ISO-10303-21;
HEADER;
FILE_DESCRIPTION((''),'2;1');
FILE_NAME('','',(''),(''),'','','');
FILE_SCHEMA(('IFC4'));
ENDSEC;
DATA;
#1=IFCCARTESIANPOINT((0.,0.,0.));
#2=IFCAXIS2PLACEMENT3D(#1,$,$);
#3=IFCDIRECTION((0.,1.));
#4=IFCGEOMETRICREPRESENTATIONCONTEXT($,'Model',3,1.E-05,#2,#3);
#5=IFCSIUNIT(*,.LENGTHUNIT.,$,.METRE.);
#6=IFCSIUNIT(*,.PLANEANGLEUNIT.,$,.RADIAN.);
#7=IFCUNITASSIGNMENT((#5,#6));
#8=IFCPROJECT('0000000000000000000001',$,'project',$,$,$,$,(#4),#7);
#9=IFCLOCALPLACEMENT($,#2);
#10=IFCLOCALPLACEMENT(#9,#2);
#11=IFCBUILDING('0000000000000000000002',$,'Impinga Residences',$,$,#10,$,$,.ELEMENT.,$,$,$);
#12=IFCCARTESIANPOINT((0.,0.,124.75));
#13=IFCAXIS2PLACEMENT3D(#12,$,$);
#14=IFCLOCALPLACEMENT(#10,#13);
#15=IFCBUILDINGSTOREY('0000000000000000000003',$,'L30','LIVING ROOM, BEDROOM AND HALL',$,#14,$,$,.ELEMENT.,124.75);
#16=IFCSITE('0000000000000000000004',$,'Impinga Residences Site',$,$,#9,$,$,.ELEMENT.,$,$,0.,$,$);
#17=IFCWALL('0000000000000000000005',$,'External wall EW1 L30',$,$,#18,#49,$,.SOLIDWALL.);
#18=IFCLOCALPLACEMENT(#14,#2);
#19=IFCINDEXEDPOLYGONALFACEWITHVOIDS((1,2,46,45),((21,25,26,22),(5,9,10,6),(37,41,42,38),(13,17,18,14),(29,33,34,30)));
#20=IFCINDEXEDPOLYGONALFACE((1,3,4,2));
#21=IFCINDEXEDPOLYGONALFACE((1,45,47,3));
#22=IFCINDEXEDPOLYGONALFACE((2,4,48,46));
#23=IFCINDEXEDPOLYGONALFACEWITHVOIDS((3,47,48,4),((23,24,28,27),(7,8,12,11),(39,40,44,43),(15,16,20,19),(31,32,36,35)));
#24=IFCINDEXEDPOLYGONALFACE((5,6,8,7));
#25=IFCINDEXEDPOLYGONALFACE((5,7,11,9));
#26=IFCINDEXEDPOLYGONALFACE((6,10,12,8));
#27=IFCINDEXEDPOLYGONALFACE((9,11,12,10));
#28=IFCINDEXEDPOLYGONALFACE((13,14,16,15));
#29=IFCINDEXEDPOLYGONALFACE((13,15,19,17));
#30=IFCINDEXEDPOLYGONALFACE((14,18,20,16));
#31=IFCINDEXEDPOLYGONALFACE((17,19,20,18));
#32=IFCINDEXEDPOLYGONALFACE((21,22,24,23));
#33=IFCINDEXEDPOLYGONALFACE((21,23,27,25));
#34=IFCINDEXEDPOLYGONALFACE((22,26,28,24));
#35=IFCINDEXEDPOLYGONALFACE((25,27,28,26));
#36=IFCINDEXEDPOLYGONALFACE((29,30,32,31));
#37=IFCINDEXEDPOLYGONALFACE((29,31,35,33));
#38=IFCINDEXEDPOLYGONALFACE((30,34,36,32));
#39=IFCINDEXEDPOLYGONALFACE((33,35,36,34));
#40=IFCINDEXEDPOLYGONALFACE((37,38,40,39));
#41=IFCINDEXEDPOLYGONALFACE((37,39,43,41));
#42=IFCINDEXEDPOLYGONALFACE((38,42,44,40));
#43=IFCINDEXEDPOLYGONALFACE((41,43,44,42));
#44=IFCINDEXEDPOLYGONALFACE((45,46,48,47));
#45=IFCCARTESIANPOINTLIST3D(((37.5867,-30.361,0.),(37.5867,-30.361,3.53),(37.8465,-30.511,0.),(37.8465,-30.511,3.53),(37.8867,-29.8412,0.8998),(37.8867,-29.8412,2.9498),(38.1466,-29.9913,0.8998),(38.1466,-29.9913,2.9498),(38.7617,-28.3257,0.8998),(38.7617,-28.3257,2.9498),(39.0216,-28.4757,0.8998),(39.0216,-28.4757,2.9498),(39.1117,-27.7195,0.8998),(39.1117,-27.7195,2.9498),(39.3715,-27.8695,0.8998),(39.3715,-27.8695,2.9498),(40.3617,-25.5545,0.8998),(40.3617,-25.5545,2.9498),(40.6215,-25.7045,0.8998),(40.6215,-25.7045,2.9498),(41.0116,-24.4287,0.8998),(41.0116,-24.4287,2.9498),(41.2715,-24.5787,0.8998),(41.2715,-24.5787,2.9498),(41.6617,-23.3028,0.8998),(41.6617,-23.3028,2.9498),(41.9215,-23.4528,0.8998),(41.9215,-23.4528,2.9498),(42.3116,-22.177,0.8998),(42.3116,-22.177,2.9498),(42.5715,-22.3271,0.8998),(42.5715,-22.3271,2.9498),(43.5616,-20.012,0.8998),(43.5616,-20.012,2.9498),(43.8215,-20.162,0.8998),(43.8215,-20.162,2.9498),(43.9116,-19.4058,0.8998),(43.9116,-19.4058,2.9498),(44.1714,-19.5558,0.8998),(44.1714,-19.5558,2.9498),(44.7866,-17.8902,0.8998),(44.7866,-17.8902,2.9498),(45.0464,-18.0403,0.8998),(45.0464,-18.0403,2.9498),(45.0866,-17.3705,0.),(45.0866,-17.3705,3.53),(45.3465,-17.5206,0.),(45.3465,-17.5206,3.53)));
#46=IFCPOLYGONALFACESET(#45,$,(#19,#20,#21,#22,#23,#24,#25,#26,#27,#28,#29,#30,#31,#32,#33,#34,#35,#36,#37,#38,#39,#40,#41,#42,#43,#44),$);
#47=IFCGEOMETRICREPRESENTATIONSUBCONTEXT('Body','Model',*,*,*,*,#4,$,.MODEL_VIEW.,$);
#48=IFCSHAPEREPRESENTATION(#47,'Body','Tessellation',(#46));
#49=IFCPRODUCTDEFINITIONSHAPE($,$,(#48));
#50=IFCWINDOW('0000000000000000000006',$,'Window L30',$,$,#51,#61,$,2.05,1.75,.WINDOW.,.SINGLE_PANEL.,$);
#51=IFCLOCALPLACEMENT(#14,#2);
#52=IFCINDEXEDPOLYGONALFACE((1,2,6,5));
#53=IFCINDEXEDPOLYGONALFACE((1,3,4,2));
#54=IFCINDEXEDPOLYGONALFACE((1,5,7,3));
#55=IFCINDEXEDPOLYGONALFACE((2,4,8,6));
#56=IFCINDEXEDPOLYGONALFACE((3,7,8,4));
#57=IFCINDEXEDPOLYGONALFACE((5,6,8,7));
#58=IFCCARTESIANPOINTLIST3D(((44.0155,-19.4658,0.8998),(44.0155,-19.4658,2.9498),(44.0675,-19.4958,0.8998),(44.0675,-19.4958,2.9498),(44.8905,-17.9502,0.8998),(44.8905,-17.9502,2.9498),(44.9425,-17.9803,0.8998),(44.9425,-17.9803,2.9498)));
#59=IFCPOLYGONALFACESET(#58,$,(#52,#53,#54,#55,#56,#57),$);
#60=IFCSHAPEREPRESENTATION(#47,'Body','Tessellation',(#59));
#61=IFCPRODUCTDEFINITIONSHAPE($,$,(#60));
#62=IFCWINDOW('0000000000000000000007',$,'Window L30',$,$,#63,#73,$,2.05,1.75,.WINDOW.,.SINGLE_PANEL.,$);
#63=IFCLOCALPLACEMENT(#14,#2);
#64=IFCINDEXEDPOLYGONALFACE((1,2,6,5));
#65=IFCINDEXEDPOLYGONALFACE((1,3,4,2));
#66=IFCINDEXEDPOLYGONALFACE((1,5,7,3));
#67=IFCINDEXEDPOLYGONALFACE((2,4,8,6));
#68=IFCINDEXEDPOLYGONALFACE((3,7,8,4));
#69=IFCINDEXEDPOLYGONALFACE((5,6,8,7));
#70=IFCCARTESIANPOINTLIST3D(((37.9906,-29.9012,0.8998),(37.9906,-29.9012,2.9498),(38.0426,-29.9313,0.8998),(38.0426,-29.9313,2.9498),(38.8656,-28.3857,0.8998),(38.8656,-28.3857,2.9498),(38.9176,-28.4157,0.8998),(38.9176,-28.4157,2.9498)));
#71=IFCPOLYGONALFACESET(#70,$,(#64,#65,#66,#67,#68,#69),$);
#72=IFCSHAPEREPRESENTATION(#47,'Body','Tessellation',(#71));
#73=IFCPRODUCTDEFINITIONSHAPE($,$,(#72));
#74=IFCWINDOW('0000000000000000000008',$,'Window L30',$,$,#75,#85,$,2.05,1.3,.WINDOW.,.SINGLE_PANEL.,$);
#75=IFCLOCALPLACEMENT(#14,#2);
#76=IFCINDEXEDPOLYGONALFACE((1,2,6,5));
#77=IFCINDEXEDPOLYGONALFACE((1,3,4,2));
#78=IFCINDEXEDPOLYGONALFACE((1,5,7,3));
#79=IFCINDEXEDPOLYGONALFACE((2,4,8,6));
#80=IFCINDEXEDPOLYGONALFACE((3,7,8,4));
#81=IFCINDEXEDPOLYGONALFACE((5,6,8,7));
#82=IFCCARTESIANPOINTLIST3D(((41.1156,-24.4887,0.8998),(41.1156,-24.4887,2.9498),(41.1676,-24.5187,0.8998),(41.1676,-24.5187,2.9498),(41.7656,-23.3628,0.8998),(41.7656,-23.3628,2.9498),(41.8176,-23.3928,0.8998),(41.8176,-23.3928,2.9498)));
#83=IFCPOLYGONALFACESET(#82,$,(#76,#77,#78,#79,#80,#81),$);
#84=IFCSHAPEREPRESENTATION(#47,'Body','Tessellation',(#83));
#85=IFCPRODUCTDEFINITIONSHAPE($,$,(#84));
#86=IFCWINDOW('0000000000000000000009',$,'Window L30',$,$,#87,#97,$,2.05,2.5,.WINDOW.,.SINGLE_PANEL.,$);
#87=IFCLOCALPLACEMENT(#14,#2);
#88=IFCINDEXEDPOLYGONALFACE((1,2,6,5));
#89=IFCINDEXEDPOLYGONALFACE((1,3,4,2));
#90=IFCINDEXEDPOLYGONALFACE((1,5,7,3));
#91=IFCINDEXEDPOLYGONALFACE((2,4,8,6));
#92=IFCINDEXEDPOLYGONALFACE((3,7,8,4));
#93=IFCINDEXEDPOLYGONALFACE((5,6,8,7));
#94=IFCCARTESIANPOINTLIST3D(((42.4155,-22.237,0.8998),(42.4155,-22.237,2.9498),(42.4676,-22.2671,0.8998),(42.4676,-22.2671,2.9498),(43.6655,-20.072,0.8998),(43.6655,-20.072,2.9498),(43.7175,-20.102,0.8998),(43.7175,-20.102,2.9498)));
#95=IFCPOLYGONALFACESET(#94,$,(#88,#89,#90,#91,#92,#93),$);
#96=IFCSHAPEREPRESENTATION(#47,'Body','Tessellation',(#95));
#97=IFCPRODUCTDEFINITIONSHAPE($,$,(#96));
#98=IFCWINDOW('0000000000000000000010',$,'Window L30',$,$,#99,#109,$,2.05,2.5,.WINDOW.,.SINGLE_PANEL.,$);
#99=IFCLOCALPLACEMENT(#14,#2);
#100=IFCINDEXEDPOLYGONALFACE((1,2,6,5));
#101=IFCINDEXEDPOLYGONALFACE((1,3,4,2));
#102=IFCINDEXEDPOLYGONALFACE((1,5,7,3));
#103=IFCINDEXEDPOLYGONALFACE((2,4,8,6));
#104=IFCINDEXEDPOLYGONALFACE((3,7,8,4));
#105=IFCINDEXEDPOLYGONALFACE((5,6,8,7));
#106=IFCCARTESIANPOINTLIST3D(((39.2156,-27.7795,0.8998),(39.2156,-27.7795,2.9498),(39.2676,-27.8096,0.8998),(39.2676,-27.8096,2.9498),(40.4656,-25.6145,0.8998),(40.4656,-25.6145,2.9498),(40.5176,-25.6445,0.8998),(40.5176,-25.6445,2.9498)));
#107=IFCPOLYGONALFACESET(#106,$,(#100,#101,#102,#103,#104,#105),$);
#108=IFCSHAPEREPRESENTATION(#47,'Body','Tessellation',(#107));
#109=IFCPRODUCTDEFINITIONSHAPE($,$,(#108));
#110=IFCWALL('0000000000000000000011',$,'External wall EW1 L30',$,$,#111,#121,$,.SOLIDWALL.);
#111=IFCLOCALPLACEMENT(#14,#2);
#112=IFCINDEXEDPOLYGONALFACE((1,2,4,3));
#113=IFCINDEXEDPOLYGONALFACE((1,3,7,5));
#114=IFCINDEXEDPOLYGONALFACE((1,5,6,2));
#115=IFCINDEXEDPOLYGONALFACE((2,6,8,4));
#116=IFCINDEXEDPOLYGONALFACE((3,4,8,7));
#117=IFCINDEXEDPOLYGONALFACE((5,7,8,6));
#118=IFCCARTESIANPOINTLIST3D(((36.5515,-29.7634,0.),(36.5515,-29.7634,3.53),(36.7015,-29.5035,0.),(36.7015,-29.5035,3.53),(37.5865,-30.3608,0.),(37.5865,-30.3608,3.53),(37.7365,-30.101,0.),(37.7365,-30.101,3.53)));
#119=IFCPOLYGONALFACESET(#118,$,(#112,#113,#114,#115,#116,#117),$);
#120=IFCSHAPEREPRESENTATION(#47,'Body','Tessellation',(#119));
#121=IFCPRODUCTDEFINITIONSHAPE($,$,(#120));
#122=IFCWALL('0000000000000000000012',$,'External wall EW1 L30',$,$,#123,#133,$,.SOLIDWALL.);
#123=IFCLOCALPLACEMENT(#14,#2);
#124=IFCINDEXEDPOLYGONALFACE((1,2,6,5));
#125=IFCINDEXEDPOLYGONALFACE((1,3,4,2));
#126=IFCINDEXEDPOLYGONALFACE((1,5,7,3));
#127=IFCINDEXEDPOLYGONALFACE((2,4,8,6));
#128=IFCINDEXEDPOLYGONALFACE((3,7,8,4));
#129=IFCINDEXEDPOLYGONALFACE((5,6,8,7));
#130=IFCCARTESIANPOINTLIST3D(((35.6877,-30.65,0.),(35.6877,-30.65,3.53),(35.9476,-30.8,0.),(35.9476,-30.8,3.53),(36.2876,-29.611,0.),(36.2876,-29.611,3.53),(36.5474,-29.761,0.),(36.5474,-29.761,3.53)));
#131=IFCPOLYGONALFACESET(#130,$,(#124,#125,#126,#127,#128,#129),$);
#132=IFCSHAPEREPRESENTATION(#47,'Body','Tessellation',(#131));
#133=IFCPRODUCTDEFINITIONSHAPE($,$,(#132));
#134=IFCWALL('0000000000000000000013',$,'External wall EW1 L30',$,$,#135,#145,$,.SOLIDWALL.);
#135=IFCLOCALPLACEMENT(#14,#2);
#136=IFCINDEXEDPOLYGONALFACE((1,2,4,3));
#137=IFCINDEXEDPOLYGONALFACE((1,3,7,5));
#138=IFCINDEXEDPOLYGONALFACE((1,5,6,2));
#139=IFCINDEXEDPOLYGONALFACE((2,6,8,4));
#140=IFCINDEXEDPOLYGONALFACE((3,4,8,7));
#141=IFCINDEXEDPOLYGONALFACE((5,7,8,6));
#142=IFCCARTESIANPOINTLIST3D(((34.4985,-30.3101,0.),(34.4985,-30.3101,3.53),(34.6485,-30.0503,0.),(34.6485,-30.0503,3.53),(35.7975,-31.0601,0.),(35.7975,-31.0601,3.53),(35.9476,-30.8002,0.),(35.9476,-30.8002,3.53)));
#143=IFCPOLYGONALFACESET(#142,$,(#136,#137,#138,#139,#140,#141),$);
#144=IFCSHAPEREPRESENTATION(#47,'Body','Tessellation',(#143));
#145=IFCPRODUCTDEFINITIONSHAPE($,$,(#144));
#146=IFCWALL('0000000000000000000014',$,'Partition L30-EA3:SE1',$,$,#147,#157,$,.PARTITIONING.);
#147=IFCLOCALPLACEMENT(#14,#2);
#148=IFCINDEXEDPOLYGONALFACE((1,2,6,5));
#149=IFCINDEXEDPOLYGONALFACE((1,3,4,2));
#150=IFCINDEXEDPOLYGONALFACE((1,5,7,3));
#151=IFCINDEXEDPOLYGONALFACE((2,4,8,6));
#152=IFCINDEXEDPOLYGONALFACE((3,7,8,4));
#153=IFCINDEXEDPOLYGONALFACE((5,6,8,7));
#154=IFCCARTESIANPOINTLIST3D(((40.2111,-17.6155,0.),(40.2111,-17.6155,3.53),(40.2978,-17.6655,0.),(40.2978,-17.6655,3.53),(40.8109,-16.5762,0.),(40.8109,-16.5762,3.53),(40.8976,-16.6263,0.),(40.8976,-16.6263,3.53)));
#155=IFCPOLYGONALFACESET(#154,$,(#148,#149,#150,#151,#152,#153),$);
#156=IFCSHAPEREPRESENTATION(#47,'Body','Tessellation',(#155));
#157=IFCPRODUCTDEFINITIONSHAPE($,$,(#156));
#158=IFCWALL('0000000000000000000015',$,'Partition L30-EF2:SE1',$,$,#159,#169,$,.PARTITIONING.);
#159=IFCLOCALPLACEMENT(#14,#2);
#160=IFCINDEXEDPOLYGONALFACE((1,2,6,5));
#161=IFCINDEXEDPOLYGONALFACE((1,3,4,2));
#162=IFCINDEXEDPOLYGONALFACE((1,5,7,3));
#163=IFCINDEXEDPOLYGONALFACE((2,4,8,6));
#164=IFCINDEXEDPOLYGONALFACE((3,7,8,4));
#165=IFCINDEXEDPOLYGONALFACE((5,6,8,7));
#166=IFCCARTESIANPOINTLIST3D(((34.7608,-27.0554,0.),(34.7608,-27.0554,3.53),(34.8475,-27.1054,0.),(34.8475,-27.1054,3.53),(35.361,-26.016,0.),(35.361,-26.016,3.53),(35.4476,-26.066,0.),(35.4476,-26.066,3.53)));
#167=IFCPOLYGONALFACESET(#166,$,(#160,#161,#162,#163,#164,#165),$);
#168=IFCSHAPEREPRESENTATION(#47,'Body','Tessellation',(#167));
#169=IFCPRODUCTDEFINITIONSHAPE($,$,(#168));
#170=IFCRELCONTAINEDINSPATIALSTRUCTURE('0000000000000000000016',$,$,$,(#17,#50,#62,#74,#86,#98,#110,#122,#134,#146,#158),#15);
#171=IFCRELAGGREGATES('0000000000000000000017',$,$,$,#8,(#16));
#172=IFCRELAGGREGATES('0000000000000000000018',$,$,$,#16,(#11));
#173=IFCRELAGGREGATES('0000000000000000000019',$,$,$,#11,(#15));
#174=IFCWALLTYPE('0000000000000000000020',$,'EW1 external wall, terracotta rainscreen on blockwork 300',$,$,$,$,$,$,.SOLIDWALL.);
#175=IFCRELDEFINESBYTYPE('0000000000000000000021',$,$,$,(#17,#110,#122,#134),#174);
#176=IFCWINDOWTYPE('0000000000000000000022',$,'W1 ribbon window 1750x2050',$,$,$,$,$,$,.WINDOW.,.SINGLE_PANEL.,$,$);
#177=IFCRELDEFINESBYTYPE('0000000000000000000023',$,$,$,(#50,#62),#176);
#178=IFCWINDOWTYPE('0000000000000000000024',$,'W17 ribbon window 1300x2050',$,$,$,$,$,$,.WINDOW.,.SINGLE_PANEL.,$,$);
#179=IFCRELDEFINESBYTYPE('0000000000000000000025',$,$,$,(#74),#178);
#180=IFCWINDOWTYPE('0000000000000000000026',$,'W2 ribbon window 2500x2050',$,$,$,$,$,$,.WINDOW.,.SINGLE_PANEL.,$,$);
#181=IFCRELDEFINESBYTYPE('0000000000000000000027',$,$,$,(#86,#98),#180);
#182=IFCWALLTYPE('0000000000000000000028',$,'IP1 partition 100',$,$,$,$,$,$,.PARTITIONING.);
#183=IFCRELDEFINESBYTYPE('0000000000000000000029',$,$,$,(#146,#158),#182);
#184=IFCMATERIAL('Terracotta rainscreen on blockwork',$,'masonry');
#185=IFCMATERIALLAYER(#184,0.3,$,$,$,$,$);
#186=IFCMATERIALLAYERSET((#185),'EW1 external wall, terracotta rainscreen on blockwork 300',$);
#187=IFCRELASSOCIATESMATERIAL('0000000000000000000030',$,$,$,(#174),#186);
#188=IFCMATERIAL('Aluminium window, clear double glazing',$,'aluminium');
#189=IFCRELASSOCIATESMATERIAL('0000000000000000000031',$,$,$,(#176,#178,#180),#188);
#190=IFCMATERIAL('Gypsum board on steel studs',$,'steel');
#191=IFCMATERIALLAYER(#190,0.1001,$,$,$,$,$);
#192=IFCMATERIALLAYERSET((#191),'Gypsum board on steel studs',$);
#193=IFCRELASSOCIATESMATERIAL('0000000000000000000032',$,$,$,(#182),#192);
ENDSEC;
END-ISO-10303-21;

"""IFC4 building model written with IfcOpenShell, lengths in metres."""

from ifc_helpers import new_model, si_unit, direction, frame, frame_2d, origin, place, context, subcontext, project, spatial, rectangle, extrude, material, layer, layer_set, type_object, element, fill, save


model = new_model("IFC4")

# Units and contexts
model_context = context("Model", 3, precision=1e-05, world=origin(), true_north=direction((0.0, 1.0)))
body_context = subcontext(model_context, "Body", "Model", "MODEL_VIEW")
ifc_project = project(units=[si_unit("LENGTHUNIT", "METRE"), si_unit("PLANEANGLEUNIT", "RADIAN")], contexts=[model_context])

# Site, building, storey
site_placement = place(None, origin())
site = spatial("IfcSite", under=ifc_project, at=site_placement, Name="Impinga Residences Site", CompositionType="ELEMENT", RefElevation=0.0)
building_placement = place(site_placement, origin())
building = spatial("IfcBuilding", under=site, at=building_placement, Name="Impinga Residences", CompositionType="ELEMENT")
storey_placement = place(building_placement, frame((0.0, 0.0, 124.75)))
storey = spatial("IfcBuildingStorey", under=building, at=storey_placement, Name="L30", Description="LIVING ROOM, BEDROOM AND HALL", CompositionType="ELEMENT", Elevation=124.75)

# Wall, openings, windows
ifc_material_1 = material(Name="Terracotta rainscreen on blockwork", Category="masonry")
ifc_layer_1 = layer(ifc_material_1, 0.3)
ifc_layer_set_1 = layer_set([ifc_layer_1], Name="EW1 external wall, terracotta rainscreen on blockwork 300")
wall_type_1 = type_object("IfcWallType", Name="EW1 external wall, terracotta rainscreen on blockwork 300", PredefinedType="SOLIDWALL", material=ifc_layer_set_1)
wall_1_placement = place(storey_placement, frame((45.2166, -17.4456, 0.0), z_axis=(0.0, 0.0, 1.0), x_axis=(-0.499997, -0.866027, 0.0)))
wall_1 = element("IfcWall", 1, at=wall_1_placement, inside=storey, type_object=wall_type_1, Name="External wall EW1 L30", PredefinedType="SOLIDWALL", context=body_context, shape_type="SweptSolid", body=[
    extrude(rectangle(XDim=15.0, YDim=0.3, at=frame_2d((7.5, 0.0))), origin(), (0.0, 0.0, 1.0), 3.53),
])
opening_1_placement = place(wall_1_placement, frame((0.6001, 0.0, 0.8999)))
opening_1 = element("IfcOpeningElement", 2, at=opening_1_placement, cuts=wall_1, PredefinedType="OPENING", context=body_context, shape_type="SweptSolid", body=[
    extrude(rectangle(XDim=1.75, YDim=2.05, at=frame_2d((0.875, 1.0249))), frame((0.0, 0.1599, 0.0), z_axis=(0.0, -1.0, 0.0), x_axis=(1.0, 0.0, 0.0)), (0.0, 0.0, 1.0), 0.3201),
])
opening_2_placement = place(wall_1_placement, frame((3.05, 0.0, 0.8999)))
opening_2 = element("IfcOpeningElement", 3, at=opening_2_placement, cuts=wall_1, PredefinedType="OPENING", context=body_context, shape_type="SweptSolid", body=[
    extrude(rectangle(XDim=2.5, YDim=2.05, at=frame_2d((1.25, 1.0249))), frame((0.0, 0.1599, 0.0), z_axis=(0.0, -1.0, 0.0), x_axis=(1.0, 0.0, 0.0)), (0.0, 0.0, 1.0), 0.3201),
])
opening_3_placement = place(wall_1_placement, frame((6.8501, 0.0, 0.8999)))
opening_3 = element("IfcOpeningElement", 4, at=opening_3_placement, cuts=wall_1, PredefinedType="OPENING", context=body_context, shape_type="SweptSolid", body=[
    extrude(rectangle(XDim=1.3, YDim=2.05, at=frame_2d((0.6499, 1.0249))), frame((0.0, 0.1599, 0.0), z_axis=(0.0, -1.0, 0.0), x_axis=(1.0, 0.0, 0.0)), (0.0, 0.0, 1.0), 0.3201),
])
opening_4_placement = place(wall_1_placement, frame((9.45, 0.0, 0.8999)))
opening_4 = element("IfcOpeningElement", 5, at=opening_4_placement, cuts=wall_1, PredefinedType="OPENING", context=body_context, shape_type="SweptSolid", body=[
    extrude(rectangle(XDim=2.5, YDim=2.05, at=frame_2d((1.25, 1.0249))), frame((0.0, 0.1599, 0.0), z_axis=(0.0, -1.0, 0.0), x_axis=(1.0, 0.0, 0.0)), (0.0, 0.0, 1.0), 0.3201),
])
opening_5_placement = place(wall_1_placement, frame((12.6499, 0.0, 0.8999)))
opening_5 = element("IfcOpeningElement", 6, at=opening_5_placement, cuts=wall_1, PredefinedType="OPENING", context=body_context, shape_type="SweptSolid", body=[
    extrude(rectangle(XDim=1.75, YDim=2.05, at=frame_2d((0.875, 1.0249))), frame((0.0, 0.1599, 0.0), z_axis=(0.0, -1.0, 0.0), x_axis=(1.0, 0.0, 0.0)), (0.0, 0.0, 1.0), 0.3201),
])
ifc_material_2 = material(Name="Aluminium window, clear double glazing", Category="aluminium")
window_type_1 = type_object("IfcWindowType", Name="W1 ribbon window 1750x2050", PartitioningType="SINGLE_PANEL", PredefinedType="WINDOW", material=ifc_material_2)
window_1_placement = place(opening_1_placement, origin())
window_1 = element("IfcWindow", 7, at=window_1_placement, inside=storey, type_object=window_type_1, Name="Window L30", OverallHeight=2.05, OverallWidth=1.75, PartitioningType="SINGLE_PANEL", PredefinedType="WINDOW", context=body_context, shape_type="SweptSolid", body=[
    extrude(rectangle(XDim=1.75, YDim=2.05, at=frame_2d((0.875, 1.0249))), frame((0.0, 0.03, 0.0), z_axis=(0.0, -1.0, 0.0), x_axis=(1.0, 0.0, 0.0)), (0.0, 0.0, 1.0), 0.0601),
])
fill(opening_1, window_1)
window_2_placement = place(opening_5_placement, origin())
window_2 = element("IfcWindow", 8, at=window_2_placement, inside=storey, type_object=window_type_1, Name="Window L30", OverallHeight=2.05, OverallWidth=1.75, PartitioningType="SINGLE_PANEL", PredefinedType="WINDOW", context=body_context, shape_type="SweptSolid", body=[
    extrude(rectangle(XDim=1.75, YDim=2.05, at=frame_2d((0.875, 1.0249))), frame((0.0, 0.03, 0.0), z_axis=(0.0, -1.0, 0.0), x_axis=(1.0, 0.0, 0.0)), (0.0, 0.0, 1.0), 0.0601),
])
fill(opening_5, window_2)
window_type_2 = type_object("IfcWindowType", Name="W17 ribbon window 1300x2050", PartitioningType="SINGLE_PANEL", PredefinedType="WINDOW", material=ifc_material_2)
window_3_placement = place(opening_3_placement, origin())
window_3 = element("IfcWindow", 9, at=window_3_placement, inside=storey, type_object=window_type_2, Name="Window L30", OverallHeight=2.05, OverallWidth=1.3, PartitioningType="SINGLE_PANEL", PredefinedType="WINDOW", context=body_context, shape_type="SweptSolid", body=[
    extrude(rectangle(XDim=1.3, YDim=2.05, at=frame_2d((0.6499, 1.0249))), frame((0.0, 0.03, 0.0), z_axis=(0.0, -1.0, 0.0), x_axis=(1.0, 0.0, 0.0)), (0.0, 0.0, 1.0), 0.0601),
])
fill(opening_3, window_3)
window_type_3 = type_object("IfcWindowType", Name="W2 ribbon window 2500x2050", PartitioningType="SINGLE_PANEL", PredefinedType="WINDOW", material=ifc_material_2)
window_4_placement = place(opening_2_placement, origin())
window_4 = element("IfcWindow", 10, at=window_4_placement, inside=storey, type_object=window_type_3, Name="Window L30", OverallHeight=2.05, OverallWidth=2.5, PartitioningType="SINGLE_PANEL", PredefinedType="WINDOW", context=body_context, shape_type="SweptSolid", body=[
    extrude(rectangle(XDim=2.5, YDim=2.05, at=frame_2d((1.25, 1.0249))), frame((0.0, 0.03, 0.0), z_axis=(0.0, -1.0, 0.0), x_axis=(1.0, 0.0, 0.0)), (0.0, 0.0, 1.0), 0.0601),
])
fill(opening_2, window_4)
window_5_placement = place(opening_4_placement, origin())
window_5 = element("IfcWindow", 11, at=window_5_placement, inside=storey, type_object=window_type_3, Name="Window L30", OverallHeight=2.05, OverallWidth=2.5, PartitioningType="SINGLE_PANEL", PredefinedType="WINDOW", context=body_context, shape_type="SweptSolid", body=[
    extrude(rectangle(XDim=2.5, YDim=2.05, at=frame_2d((1.25, 1.0249))), frame((0.0, 0.03, 0.0), z_axis=(0.0, -1.0, 0.0), x_axis=(1.0, 0.0, 0.0)), (0.0, 0.0, 1.0), 0.0601),
])
fill(opening_4, window_5)

# Walls
wall_2_placement = place(storey_placement, frame((37.6616, -30.231, 0.0), z_axis=(0.0, 0.0, 1.0), x_axis=(-0.86606, 0.499941, 0.0)))
element("IfcWall", 12, at=wall_2_placement, inside=storey, type_object=wall_type_1, Name="External wall EW1 L30", PredefinedType="SOLIDWALL", context=body_context, shape_type="SweptSolid", body=[
    extrude(rectangle(XDim=1.1951, YDim=0.3, at=frame_2d((0.5977, 0.0))), origin(), (0.0, 0.0, 1.0), 3.53),
])
wall_3_placement = place(storey_placement, frame((36.4175, -29.686, 0.0), z_axis=(0.0, 0.0, 1.0), x_axis=(-0.499969, -0.866043, 0.0)))
element("IfcWall", 13, at=wall_3_placement, inside=storey, type_object=wall_type_1, Name="External wall EW1 L30", PredefinedType="SOLIDWALL", context=body_context, shape_type="SweptSolid", body=[
    extrude(rectangle(XDim=1.1997, YDim=0.3, at=frame_2d((0.5999, 0.0))), origin(), (0.0, 0.0, 1.0), 3.53),
])
wall_4_placement = place(storey_placement, frame((35.8726, -30.9302, 0.0), z_axis=(0.0, 0.0, 1.0), x_axis=(-0.866031, 0.49999, 0.0)))
element("IfcWall", 14, at=wall_4_placement, inside=storey, type_object=wall_type_1, Name="External wall EW1 L30", PredefinedType="SOLIDWALL", context=body_context, shape_type="SweptSolid", body=[
    extrude(rectangle(XDim=1.5, YDim=0.3, at=frame_2d((0.75, 0.0))), origin(), (0.0, 0.0, 1.0), 3.53),
])
ifc_material_3 = material(Name="Gypsum board on steel studs", Category="steel")
ifc_layer_2 = layer(ifc_material_3, 0.1001)
ifc_layer_set_2 = layer_set([ifc_layer_2], Name="Gypsum board on steel studs")
wall_type_2 = type_object("IfcWallType", Name="IP1 partition 100", PredefinedType="PARTITIONING", material=ifc_layer_set_2)
wall_5_placement = place(storey_placement, frame((40.2544, -17.6406, 0.0), z_axis=(0.0, 0.0, 1.0), x_axis=(0.499881, 0.866094, 0.0)))
element("IfcWall", 15, at=wall_5_placement, inside=storey, type_object=wall_type_2, Name="Partition L30-EA3:SE1", PredefinedType="PARTITIONING", context=body_context, shape_type="SweptSolid", body=[
    extrude(rectangle(XDim=1.2, YDim=0.1001, at=frame_2d((0.6001, 0.0))), origin(), (0.0, 0.0, 1.0), 3.53),
])
wall_6_placement = place(storey_placement, frame((35.4043, -26.041, 0.0), z_axis=(0.0, 0.0, 1.0), x_axis=(-0.500034, -0.866006, 0.0)))
element("IfcWall", 16, at=wall_6_placement, inside=storey, type_object=wall_type_2, Name="Partition L30-EF2:SE1", PredefinedType="PARTITIONING", context=body_context, shape_type="SweptSolid", body=[
    extrude(rectangle(XDim=1.2002, YDim=0.1001, at=frame_2d((0.6001, 0.0))), origin(), (0.0, 0.0, 1.0), 3.53),
])

save(model, "model.ifc")
